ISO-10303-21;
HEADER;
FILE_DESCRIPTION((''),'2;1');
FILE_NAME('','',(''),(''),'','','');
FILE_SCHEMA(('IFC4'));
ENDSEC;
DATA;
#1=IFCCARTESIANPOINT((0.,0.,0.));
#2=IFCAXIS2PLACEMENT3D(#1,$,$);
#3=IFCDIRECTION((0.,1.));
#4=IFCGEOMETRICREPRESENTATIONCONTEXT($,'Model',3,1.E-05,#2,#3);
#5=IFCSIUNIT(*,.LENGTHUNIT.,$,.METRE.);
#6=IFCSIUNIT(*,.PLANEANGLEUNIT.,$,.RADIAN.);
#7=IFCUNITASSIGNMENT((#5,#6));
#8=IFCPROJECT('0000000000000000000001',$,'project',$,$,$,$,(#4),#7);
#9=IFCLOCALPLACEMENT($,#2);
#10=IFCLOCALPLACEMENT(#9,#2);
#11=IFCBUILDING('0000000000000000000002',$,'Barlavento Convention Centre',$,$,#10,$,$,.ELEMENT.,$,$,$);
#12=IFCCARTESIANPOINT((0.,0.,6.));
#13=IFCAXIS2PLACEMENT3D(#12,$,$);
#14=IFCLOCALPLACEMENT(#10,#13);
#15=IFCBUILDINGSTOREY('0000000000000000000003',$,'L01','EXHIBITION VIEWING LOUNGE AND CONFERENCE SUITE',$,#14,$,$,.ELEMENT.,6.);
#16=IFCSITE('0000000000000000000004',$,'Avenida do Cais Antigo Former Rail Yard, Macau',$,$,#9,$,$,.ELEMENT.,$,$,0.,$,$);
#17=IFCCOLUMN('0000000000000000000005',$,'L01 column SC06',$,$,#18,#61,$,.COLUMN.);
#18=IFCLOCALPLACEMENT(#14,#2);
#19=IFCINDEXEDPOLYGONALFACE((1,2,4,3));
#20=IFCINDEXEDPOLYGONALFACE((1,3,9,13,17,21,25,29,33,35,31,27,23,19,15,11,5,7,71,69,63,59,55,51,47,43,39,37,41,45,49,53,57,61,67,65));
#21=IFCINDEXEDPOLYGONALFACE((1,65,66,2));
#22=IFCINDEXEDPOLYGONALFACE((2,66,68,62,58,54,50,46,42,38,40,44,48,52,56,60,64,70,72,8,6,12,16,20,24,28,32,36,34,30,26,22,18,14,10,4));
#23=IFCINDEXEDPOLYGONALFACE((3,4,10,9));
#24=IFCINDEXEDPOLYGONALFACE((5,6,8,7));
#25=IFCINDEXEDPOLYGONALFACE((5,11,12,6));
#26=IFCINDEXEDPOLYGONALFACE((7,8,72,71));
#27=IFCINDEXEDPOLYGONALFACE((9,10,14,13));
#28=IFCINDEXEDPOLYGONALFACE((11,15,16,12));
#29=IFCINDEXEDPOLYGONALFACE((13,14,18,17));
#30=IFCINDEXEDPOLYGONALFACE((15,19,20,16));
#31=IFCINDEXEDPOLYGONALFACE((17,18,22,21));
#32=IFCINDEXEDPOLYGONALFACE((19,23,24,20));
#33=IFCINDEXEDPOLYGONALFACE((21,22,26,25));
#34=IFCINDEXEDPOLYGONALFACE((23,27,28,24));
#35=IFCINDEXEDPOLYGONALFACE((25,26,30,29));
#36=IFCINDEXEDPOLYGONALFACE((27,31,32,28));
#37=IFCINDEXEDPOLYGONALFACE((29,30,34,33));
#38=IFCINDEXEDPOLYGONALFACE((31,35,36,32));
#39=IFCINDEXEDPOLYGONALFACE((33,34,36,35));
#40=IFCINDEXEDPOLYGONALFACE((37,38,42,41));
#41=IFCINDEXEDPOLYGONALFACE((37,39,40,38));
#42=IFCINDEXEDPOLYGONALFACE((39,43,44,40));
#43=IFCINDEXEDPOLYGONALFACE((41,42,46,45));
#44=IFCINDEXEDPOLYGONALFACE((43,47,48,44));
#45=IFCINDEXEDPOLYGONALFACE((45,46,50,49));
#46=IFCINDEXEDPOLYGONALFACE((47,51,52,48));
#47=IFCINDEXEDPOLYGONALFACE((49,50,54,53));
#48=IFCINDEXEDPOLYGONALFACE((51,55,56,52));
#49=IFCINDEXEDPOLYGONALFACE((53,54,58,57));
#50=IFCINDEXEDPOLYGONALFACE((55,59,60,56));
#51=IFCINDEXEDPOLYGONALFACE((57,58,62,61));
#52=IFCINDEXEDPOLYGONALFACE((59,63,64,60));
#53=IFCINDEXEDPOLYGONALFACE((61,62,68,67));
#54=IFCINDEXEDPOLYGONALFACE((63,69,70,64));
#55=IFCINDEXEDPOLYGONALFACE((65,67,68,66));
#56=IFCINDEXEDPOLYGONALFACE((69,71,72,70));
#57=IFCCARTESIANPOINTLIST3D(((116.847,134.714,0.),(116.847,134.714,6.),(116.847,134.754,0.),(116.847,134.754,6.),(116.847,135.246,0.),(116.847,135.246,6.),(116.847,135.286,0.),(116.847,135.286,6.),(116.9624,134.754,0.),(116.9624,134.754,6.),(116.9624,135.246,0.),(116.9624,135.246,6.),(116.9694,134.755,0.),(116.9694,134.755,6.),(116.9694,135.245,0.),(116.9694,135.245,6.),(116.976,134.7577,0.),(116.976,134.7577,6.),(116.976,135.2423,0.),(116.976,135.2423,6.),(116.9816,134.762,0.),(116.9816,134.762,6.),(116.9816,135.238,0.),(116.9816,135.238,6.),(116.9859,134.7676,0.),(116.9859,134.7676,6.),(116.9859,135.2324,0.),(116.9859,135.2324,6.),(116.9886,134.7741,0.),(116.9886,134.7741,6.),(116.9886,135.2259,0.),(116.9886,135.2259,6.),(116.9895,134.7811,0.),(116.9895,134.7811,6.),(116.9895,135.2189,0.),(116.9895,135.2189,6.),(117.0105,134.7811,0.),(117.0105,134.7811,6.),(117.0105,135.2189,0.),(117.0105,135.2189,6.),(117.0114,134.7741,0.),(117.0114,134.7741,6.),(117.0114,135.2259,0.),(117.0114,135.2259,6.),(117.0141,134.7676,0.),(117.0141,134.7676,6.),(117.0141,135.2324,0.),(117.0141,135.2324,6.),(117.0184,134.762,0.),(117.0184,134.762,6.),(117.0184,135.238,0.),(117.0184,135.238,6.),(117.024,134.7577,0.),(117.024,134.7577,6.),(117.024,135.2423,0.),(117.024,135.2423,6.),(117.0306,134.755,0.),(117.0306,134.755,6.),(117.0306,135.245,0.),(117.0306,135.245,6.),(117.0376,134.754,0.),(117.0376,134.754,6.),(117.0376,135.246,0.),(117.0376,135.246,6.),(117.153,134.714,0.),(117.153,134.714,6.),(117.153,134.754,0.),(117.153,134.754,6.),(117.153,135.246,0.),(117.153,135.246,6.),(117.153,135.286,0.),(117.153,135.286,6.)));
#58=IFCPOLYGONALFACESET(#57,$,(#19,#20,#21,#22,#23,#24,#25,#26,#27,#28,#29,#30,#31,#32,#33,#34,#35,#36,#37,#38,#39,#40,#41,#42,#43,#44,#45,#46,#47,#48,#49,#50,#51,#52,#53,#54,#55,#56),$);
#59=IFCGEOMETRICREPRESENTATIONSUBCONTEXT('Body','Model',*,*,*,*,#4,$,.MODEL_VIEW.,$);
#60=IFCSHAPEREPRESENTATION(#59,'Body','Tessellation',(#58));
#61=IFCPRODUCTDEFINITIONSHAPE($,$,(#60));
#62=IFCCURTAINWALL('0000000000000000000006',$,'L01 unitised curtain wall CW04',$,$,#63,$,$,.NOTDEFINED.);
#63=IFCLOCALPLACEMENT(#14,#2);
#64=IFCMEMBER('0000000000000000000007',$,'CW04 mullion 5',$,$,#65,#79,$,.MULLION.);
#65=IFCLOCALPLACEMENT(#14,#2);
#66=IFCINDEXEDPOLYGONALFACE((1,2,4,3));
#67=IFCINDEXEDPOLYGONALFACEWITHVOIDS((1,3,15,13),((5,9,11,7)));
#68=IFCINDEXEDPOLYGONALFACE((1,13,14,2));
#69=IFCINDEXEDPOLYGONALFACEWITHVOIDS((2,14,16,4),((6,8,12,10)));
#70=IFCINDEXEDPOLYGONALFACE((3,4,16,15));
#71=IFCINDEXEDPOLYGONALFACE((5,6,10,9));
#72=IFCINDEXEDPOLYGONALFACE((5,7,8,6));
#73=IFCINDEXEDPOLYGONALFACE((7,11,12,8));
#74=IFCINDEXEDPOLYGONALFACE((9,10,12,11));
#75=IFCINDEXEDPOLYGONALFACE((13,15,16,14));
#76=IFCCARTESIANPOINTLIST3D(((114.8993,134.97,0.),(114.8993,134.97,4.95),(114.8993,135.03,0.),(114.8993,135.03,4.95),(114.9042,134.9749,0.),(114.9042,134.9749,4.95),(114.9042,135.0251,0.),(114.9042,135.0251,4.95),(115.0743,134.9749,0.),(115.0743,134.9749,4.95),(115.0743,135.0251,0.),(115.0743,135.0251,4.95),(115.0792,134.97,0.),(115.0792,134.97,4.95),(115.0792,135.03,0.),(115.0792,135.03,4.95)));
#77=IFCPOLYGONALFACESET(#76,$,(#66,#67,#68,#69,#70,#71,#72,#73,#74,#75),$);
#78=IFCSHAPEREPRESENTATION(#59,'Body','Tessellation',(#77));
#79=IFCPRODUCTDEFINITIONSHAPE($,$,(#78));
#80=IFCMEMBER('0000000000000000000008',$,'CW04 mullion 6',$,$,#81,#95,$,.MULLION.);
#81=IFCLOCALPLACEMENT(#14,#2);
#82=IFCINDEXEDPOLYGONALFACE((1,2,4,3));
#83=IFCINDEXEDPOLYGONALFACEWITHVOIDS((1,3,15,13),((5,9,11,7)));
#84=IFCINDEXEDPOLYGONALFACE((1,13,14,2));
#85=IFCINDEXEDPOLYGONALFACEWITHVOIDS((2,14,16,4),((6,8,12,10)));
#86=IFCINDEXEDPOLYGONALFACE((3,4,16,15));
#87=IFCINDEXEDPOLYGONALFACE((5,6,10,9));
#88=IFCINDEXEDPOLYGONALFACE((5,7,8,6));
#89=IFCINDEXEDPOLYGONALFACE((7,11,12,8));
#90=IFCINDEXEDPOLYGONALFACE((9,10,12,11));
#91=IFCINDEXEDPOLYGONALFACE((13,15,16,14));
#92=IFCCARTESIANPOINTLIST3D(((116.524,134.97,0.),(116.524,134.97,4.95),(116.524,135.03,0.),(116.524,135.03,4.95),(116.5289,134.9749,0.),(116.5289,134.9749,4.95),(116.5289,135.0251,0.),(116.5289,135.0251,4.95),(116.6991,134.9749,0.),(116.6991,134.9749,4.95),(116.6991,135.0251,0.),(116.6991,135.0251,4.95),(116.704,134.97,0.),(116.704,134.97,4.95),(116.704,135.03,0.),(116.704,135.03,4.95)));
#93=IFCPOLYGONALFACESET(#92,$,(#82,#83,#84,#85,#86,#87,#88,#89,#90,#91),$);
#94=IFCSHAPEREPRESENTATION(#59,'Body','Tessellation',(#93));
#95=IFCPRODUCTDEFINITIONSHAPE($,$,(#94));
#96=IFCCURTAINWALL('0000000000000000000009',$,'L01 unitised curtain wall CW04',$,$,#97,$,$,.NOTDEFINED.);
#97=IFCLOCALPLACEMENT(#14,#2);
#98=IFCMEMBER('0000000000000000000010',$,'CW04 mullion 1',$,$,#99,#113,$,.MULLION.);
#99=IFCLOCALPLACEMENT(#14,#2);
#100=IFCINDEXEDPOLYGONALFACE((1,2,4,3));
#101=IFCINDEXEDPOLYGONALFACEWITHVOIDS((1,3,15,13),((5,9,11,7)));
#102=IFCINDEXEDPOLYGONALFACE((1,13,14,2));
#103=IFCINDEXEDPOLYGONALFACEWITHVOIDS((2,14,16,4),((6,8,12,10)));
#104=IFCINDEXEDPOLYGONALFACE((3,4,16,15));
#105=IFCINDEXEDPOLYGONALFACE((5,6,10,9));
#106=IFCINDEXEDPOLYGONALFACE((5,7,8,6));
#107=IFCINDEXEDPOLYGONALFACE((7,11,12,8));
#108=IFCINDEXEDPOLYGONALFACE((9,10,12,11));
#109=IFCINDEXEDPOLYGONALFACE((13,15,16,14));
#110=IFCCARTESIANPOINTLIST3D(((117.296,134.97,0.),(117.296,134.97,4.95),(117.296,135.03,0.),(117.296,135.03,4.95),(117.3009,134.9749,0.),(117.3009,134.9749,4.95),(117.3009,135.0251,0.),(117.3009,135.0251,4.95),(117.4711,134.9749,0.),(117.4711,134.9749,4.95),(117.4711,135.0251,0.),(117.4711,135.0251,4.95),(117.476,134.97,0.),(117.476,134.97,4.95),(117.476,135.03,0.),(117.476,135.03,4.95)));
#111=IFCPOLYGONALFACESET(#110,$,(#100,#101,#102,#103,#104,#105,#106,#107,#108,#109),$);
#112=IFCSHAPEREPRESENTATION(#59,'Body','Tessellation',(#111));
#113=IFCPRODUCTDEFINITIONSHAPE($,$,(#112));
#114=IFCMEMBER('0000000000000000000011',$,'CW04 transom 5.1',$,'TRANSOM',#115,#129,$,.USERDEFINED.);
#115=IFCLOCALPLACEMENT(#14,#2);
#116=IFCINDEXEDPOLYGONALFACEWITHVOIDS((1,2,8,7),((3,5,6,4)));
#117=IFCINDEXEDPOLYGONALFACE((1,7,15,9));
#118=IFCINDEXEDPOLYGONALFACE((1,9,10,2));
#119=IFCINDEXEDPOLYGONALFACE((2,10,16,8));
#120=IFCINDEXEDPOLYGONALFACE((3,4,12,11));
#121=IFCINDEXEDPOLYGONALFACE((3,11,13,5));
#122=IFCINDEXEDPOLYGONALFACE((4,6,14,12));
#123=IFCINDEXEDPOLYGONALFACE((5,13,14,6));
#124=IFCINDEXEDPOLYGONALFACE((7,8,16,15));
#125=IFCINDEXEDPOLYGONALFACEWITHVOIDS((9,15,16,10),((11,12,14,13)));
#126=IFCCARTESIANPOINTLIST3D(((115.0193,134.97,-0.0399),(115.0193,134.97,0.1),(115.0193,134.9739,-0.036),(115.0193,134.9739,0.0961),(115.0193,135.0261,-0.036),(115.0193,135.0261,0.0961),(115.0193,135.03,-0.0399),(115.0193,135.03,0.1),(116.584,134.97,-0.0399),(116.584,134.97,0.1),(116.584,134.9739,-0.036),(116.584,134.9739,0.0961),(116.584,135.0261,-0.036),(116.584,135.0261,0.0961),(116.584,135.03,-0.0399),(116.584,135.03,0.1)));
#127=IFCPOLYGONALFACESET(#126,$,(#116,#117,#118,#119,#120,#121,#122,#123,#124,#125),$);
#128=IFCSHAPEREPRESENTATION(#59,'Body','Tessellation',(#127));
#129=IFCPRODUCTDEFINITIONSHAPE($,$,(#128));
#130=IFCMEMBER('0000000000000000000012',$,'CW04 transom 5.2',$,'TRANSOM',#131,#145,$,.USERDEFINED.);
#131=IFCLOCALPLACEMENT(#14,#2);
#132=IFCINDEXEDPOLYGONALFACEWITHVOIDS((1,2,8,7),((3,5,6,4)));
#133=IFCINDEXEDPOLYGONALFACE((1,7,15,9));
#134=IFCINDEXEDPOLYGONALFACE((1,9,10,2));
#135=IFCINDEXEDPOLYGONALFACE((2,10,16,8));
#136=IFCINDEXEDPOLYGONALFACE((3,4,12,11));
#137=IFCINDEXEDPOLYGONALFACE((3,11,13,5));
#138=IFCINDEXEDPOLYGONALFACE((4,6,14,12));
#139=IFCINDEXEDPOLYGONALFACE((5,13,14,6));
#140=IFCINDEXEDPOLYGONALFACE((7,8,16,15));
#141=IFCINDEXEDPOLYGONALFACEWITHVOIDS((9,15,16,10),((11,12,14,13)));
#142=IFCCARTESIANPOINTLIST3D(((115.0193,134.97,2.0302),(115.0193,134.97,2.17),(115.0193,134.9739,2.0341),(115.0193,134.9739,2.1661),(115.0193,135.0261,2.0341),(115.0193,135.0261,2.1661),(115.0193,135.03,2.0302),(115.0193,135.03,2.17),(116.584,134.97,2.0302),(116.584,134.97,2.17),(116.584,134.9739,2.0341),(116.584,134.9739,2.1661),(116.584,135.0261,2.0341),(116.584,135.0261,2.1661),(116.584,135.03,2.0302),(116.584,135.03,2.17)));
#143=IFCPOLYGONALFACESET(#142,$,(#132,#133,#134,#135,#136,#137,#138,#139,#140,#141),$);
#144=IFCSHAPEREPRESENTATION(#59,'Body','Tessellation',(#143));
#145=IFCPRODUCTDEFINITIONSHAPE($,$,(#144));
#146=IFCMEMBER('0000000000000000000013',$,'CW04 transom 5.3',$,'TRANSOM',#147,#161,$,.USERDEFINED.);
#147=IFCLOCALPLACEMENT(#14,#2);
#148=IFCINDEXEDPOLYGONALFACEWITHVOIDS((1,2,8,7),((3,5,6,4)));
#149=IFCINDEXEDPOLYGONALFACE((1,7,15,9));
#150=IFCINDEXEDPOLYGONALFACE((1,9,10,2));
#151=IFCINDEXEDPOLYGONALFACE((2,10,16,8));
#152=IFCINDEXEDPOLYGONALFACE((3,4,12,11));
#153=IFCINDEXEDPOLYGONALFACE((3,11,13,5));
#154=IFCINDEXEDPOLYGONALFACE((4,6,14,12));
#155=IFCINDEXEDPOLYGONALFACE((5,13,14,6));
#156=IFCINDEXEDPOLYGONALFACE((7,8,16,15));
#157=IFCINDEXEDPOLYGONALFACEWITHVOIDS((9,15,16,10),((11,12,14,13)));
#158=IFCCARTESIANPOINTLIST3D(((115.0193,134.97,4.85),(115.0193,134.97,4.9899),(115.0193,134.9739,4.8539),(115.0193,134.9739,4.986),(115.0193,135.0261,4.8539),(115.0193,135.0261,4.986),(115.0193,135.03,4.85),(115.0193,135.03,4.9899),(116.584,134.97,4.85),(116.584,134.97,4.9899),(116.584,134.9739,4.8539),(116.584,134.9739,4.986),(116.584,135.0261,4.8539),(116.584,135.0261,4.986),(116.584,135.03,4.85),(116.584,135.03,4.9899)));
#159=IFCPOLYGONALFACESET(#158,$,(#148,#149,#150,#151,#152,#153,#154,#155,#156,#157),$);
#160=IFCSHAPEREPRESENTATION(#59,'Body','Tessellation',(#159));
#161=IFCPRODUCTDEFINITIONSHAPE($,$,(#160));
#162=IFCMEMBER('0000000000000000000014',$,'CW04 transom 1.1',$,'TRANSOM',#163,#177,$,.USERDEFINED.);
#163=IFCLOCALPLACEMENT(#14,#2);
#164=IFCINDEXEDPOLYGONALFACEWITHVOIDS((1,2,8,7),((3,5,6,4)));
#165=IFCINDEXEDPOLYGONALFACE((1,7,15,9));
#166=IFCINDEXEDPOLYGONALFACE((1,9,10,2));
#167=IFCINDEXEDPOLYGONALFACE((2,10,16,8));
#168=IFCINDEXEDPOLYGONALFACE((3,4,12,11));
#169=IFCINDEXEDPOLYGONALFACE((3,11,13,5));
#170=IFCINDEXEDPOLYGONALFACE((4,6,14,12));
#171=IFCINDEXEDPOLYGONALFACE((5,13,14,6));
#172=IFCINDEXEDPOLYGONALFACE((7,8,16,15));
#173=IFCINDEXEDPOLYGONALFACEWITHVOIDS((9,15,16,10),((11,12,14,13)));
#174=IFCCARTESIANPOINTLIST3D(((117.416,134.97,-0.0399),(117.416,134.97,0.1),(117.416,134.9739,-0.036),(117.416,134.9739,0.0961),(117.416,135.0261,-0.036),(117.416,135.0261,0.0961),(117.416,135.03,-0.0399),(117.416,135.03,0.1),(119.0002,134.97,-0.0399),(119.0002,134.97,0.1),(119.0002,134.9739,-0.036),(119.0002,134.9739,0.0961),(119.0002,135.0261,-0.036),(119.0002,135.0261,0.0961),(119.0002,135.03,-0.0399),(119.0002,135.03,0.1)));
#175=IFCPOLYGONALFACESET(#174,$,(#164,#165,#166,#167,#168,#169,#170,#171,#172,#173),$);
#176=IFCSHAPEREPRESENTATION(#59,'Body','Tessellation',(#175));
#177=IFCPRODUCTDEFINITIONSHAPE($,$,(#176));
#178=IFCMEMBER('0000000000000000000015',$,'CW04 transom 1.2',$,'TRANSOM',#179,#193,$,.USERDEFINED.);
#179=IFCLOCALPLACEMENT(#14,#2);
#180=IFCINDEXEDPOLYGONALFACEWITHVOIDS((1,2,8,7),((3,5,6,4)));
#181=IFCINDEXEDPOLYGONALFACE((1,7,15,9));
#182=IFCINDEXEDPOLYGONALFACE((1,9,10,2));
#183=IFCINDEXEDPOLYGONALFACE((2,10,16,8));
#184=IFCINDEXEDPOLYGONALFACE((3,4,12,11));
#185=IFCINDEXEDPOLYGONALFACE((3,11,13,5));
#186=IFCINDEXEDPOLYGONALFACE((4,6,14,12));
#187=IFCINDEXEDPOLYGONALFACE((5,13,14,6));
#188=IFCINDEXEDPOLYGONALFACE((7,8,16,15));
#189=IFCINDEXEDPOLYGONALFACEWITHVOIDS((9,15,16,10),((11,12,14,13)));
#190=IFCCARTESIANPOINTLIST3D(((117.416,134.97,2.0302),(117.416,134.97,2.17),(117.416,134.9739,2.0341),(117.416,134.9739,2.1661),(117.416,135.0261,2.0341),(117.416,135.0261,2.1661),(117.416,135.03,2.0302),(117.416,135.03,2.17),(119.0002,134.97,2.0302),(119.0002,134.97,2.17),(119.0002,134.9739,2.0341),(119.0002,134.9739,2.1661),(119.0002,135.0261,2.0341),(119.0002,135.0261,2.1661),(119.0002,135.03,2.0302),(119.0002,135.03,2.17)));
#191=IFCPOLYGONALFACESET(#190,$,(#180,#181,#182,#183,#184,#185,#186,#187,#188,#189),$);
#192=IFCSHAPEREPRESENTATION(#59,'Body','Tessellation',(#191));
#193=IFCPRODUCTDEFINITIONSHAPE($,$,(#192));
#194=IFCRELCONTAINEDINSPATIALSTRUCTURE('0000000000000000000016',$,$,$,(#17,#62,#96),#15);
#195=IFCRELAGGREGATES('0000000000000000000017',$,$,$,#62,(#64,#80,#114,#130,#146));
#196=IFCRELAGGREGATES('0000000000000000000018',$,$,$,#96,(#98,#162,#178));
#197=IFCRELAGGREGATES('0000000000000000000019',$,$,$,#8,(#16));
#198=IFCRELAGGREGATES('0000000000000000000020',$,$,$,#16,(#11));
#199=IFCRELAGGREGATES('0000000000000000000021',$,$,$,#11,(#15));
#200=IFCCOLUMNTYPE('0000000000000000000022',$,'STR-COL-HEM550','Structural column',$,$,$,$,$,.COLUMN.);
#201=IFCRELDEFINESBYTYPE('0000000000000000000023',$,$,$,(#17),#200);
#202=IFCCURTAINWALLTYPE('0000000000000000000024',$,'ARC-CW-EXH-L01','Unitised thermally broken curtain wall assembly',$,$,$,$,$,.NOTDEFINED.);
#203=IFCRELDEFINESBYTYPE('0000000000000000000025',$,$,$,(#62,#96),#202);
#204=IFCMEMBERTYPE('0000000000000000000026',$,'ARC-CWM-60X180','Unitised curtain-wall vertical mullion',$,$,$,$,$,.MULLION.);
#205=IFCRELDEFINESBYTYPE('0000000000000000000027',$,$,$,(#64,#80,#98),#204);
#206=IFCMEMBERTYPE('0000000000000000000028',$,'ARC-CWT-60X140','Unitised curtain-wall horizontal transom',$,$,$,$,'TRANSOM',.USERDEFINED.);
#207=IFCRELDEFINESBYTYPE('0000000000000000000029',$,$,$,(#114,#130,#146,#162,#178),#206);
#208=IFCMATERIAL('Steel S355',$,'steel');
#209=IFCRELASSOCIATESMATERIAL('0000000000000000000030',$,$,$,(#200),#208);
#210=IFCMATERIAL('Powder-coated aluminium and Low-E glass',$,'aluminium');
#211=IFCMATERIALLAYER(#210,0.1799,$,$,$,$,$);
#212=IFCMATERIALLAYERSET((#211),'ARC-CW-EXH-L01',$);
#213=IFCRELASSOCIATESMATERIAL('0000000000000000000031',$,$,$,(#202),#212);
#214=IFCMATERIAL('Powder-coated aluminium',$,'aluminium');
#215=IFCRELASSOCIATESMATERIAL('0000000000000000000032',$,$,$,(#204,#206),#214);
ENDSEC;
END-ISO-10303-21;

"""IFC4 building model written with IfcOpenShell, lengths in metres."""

from ifc_helpers import new_model, si_unit, direction, frame, origin, origin_2d, place, context, subcontext, project, spatial, hollow_rectangle, i_section, extrude, material, layer, layer_set, material_profile, profile_set, type_object, element, aggregate, save


model = new_model("IFC4")

# Units and contexts
model_context = context("Model", 3, precision=1e-05, world=origin(), true_north=direction((0.0, 1.0)))
body_context = subcontext(model_context, "Body", "Model", "MODEL_VIEW")
ifc_project = project(units=[si_unit("LENGTHUNIT", "METRE"), si_unit("PLANEANGLEUNIT", "RADIAN")], contexts=[model_context])

# Site, building, storey
site_placement = place(None, origin())
site = spatial("IfcSite", under=ifc_project, at=site_placement, Name="Avenida do Cais Antigo Former Rail Yard, Macau", CompositionType="ELEMENT", RefElevation=0.0)
building_placement = place(site_placement, origin())
building = spatial("IfcBuilding", under=site, at=building_placement, Name="Barlavento Convention Centre", CompositionType="ELEMENT")
storey_placement = place(building_placement, frame((0.0, 0.0, 6.0)))
storey = spatial("IfcBuildingStorey", under=building, at=storey_placement, Name="L01", Description="EXHIBITION VIEWING LOUNGE AND CONFERENCE SUITE", CompositionType="ELEMENT", Elevation=6.0)

# Column
ifc_material_1 = material(Name="Steel S355", Category="steel")
ifc_material_profile_1 = material_profile(ifc_material_1, i_section(OverallWidth=0.3059, OverallDepth=0.572, WebThickness=0.021, FlangeThickness=0.04, FilletRadius=0.0271, at=origin_2d()), Name="HEM 550")
ifc_profile_set_1 = profile_set([ifc_material_profile_1], Name="Steel S355")
column_type = type_object("IfcColumnType", Name="STR-COL-HEM550", Description="Structural column", PredefinedType="COLUMN", material=ifc_profile_set_1)
column_placement = place(storey_placement, frame((117.0, 135.0, 0.0), z_axis=(0.0, 0.0, 1.0), x_axis=(1.0, 0.0, 0.0)))
element("IfcColumn", 1, at=column_placement, inside=storey, type_object=column_type, Name="L01 column SC06", PredefinedType="COLUMN", context=body_context, shape_type="SweptSolid", body=[
    extrude(i_section(OverallWidth=0.3059, OverallDepth=0.572, WebThickness=0.021, FlangeThickness=0.04, FilletRadius=0.0271, at=origin_2d()), origin(), (0.0, 0.0, 1.0), 6.0),
])

# Curtain wall, members
ifc_material_2 = material(Name="Powder-coated aluminium and Low-E glass", Category="aluminium")
ifc_layer_1 = layer(ifc_material_2, 0.1799)
ifc_layer_set_1 = layer_set([ifc_layer_1], Name="ARC-CW-EXH-L01")
curtain_wall_type = type_object("IfcCurtainWallType", Name="ARC-CW-EXH-L01", Description="Unitised thermally broken curtain wall assembly", PredefinedType="NOTDEFINED", material=ifc_layer_set_1)
curtain_wall_1_placement = place(storey_placement, origin())
curtain_wall_1 = element("IfcCurtainWall", 2, at=curtain_wall_1_placement, inside=storey, type_object=curtain_wall_type, Name="L01 unitised curtain wall CW04", PredefinedType="NOTDEFINED")
ifc_material_3 = material(Name="Powder-coated aluminium", Category="aluminium")
ifc_material_profile_2 = material_profile(ifc_material_3, hollow_rectangle(XDim=0.0601, YDim=0.1799, WallThickness=0.0049, at=origin_2d()), Name="AL-MULL 60x180x5")
ifc_profile_set_2 = profile_set([ifc_material_profile_2], Name="Powder-coated aluminium")
member_type_1 = type_object("IfcMemberType", Name="ARC-CWM-60X180", Description="Unitised curtain-wall vertical mullion", PredefinedType="MULLION", material=ifc_profile_set_2)
member_1_placement = place(storey_placement, frame((114.9893, 135.0, 0.0), z_axis=(0.0, 0.0, 1.0), x_axis=(0.0, 1.0, 0.0)))
member_1 = element("IfcMember", 3, at=member_1_placement, type_object=member_type_1, Name="CW04 mullion 5", PredefinedType="MULLION", context=body_context, shape_type="SweptSolid", body=[
    extrude(hollow_rectangle(XDim=0.0601, YDim=0.1799, WallThickness=0.0049, at=origin_2d()), origin(), (0.0, 0.0, 1.0), 4.95),
])
member_2_placement = place(storey_placement, frame((116.614, 135.0, 0.0), z_axis=(0.0, 0.0, 1.0), x_axis=(0.0, 1.0, 0.0)))
member_2 = element("IfcMember", 4, at=member_2_placement, type_object=member_type_1, Name="CW04 mullion 6", PredefinedType="MULLION", context=body_context, shape_type="SweptSolid", body=[
    extrude(hollow_rectangle(XDim=0.0601, YDim=0.1799, WallThickness=0.0049, at=origin_2d()), origin(), (0.0, 0.0, 1.0), 4.95),
])

# Curtain wall, member
curtain_wall_2_placement = place(storey_placement, origin())
curtain_wall_2 = element("IfcCurtainWall", 5, at=curtain_wall_2_placement, inside=storey, type_object=curtain_wall_type, Name="L01 unitised curtain wall CW04", PredefinedType="NOTDEFINED")
member_3_placement = place(storey_placement, frame((117.386, 135.0, 0.0), z_axis=(0.0, 0.0, 1.0), x_axis=(0.0, 1.0, 0.0)))
member_3 = element("IfcMember", 6, at=member_3_placement, type_object=member_type_1, Name="CW04 mullion 1", PredefinedType="MULLION", context=body_context, shape_type="SweptSolid", body=[
    extrude(hollow_rectangle(XDim=0.0601, YDim=0.1799, WallThickness=0.0049, at=origin_2d()), origin(), (0.0, 0.0, 1.0), 4.95),
])

# Members
ifc_material_profile_3 = material_profile(ifc_material_3, hollow_rectangle(XDim=0.0601, YDim=0.1399, WallThickness=0.0039, at=origin_2d()), Name="AL-TRAN 60x140x4")
ifc_profile_set_3 = profile_set([ifc_material_profile_3], Name="Powder-coated aluminium")
member_type_2 = type_object("IfcMemberType", Name="ARC-CWT-60X140", Description="Unitised curtain-wall horizontal transom", ElementType="TRANSOM", PredefinedType="USERDEFINED", material=ifc_profile_set_3)
member_4_placement = place(storey_placement, frame((115.0193, 135.0, 0.03), z_axis=(1.0, 0.0, 0.0), x_axis=(0.0, 1.0, 0.0)))
member_4 = element("IfcMember", 7, at=member_4_placement, type_object=member_type_2, Name="CW04 transom 5.1", ObjectType="TRANSOM", PredefinedType="USERDEFINED", context=body_context, shape_type="SweptSolid", body=[
    extrude(hollow_rectangle(XDim=0.0601, YDim=0.1399, WallThickness=0.0039, at=origin_2d()), origin(), (0.0, 0.0, 1.0), 1.5647),
])
member_5_placement = place(storey_placement, frame((115.0193, 135.0, 2.1001), z_axis=(1.0, 0.0, 0.0), x_axis=(0.0, 1.0, 0.0)))
member_5 = element("IfcMember", 8, at=member_5_placement, type_object=member_type_2, Name="CW04 transom 5.2", ObjectType="TRANSOM", PredefinedType="USERDEFINED", context=body_context, shape_type="SweptSolid", body=[
    extrude(hollow_rectangle(XDim=0.0601, YDim=0.1399, WallThickness=0.0039, at=origin_2d()), origin(), (0.0, 0.0, 1.0), 1.5647),
])
member_6_placement = place(storey_placement, frame((115.0193, 135.0, 4.9199), z_axis=(1.0, 0.0, 0.0), x_axis=(0.0, 1.0, 0.0)))
member_6 = element("IfcMember", 9, at=member_6_placement, type_object=member_type_2, Name="CW04 transom 5.3", ObjectType="TRANSOM", PredefinedType="USERDEFINED", context=body_context, shape_type="SweptSolid", body=[
    extrude(hollow_rectangle(XDim=0.0601, YDim=0.1399, WallThickness=0.0039, at=origin_2d()), origin(), (0.0, 0.0, 1.0), 1.5647),
])
member_7_placement = place(storey_placement, frame((117.416, 135.0, 0.03), z_axis=(1.0, 0.0, 0.0), x_axis=(0.0, 1.0, 0.0)))
member_7 = element("IfcMember", 10, at=member_7_placement, type_object=member_type_2, Name="CW04 transom 1.1", ObjectType="TRANSOM", PredefinedType="USERDEFINED", context=body_context, shape_type="SweptSolid", body=[
    extrude(hollow_rectangle(XDim=0.0601, YDim=0.1399, WallThickness=0.0039, at=origin_2d()), origin(), (0.0, 0.0, 1.0), 1.5842),
])
member_8_placement = place(storey_placement, frame((117.416, 135.0, 2.1001), z_axis=(1.0, 0.0, 0.0), x_axis=(0.0, 1.0, 0.0)))
member_8 = element("IfcMember", 11, at=member_8_placement, type_object=member_type_2, Name="CW04 transom 1.2", ObjectType="TRANSOM", PredefinedType="USERDEFINED", context=body_context, shape_type="SweptSolid", body=[
    extrude(hollow_rectangle(XDim=0.0601, YDim=0.1399, WallThickness=0.0039, at=origin_2d()), origin(), (0.0, 0.0, 1.0), 1.5842),
])

aggregate(curtain_wall_1, [member_1, member_2, member_4, member_5, member_6])
aggregate(curtain_wall_2, [member_3, member_7, member_8])

save(model, "model.ifc")
